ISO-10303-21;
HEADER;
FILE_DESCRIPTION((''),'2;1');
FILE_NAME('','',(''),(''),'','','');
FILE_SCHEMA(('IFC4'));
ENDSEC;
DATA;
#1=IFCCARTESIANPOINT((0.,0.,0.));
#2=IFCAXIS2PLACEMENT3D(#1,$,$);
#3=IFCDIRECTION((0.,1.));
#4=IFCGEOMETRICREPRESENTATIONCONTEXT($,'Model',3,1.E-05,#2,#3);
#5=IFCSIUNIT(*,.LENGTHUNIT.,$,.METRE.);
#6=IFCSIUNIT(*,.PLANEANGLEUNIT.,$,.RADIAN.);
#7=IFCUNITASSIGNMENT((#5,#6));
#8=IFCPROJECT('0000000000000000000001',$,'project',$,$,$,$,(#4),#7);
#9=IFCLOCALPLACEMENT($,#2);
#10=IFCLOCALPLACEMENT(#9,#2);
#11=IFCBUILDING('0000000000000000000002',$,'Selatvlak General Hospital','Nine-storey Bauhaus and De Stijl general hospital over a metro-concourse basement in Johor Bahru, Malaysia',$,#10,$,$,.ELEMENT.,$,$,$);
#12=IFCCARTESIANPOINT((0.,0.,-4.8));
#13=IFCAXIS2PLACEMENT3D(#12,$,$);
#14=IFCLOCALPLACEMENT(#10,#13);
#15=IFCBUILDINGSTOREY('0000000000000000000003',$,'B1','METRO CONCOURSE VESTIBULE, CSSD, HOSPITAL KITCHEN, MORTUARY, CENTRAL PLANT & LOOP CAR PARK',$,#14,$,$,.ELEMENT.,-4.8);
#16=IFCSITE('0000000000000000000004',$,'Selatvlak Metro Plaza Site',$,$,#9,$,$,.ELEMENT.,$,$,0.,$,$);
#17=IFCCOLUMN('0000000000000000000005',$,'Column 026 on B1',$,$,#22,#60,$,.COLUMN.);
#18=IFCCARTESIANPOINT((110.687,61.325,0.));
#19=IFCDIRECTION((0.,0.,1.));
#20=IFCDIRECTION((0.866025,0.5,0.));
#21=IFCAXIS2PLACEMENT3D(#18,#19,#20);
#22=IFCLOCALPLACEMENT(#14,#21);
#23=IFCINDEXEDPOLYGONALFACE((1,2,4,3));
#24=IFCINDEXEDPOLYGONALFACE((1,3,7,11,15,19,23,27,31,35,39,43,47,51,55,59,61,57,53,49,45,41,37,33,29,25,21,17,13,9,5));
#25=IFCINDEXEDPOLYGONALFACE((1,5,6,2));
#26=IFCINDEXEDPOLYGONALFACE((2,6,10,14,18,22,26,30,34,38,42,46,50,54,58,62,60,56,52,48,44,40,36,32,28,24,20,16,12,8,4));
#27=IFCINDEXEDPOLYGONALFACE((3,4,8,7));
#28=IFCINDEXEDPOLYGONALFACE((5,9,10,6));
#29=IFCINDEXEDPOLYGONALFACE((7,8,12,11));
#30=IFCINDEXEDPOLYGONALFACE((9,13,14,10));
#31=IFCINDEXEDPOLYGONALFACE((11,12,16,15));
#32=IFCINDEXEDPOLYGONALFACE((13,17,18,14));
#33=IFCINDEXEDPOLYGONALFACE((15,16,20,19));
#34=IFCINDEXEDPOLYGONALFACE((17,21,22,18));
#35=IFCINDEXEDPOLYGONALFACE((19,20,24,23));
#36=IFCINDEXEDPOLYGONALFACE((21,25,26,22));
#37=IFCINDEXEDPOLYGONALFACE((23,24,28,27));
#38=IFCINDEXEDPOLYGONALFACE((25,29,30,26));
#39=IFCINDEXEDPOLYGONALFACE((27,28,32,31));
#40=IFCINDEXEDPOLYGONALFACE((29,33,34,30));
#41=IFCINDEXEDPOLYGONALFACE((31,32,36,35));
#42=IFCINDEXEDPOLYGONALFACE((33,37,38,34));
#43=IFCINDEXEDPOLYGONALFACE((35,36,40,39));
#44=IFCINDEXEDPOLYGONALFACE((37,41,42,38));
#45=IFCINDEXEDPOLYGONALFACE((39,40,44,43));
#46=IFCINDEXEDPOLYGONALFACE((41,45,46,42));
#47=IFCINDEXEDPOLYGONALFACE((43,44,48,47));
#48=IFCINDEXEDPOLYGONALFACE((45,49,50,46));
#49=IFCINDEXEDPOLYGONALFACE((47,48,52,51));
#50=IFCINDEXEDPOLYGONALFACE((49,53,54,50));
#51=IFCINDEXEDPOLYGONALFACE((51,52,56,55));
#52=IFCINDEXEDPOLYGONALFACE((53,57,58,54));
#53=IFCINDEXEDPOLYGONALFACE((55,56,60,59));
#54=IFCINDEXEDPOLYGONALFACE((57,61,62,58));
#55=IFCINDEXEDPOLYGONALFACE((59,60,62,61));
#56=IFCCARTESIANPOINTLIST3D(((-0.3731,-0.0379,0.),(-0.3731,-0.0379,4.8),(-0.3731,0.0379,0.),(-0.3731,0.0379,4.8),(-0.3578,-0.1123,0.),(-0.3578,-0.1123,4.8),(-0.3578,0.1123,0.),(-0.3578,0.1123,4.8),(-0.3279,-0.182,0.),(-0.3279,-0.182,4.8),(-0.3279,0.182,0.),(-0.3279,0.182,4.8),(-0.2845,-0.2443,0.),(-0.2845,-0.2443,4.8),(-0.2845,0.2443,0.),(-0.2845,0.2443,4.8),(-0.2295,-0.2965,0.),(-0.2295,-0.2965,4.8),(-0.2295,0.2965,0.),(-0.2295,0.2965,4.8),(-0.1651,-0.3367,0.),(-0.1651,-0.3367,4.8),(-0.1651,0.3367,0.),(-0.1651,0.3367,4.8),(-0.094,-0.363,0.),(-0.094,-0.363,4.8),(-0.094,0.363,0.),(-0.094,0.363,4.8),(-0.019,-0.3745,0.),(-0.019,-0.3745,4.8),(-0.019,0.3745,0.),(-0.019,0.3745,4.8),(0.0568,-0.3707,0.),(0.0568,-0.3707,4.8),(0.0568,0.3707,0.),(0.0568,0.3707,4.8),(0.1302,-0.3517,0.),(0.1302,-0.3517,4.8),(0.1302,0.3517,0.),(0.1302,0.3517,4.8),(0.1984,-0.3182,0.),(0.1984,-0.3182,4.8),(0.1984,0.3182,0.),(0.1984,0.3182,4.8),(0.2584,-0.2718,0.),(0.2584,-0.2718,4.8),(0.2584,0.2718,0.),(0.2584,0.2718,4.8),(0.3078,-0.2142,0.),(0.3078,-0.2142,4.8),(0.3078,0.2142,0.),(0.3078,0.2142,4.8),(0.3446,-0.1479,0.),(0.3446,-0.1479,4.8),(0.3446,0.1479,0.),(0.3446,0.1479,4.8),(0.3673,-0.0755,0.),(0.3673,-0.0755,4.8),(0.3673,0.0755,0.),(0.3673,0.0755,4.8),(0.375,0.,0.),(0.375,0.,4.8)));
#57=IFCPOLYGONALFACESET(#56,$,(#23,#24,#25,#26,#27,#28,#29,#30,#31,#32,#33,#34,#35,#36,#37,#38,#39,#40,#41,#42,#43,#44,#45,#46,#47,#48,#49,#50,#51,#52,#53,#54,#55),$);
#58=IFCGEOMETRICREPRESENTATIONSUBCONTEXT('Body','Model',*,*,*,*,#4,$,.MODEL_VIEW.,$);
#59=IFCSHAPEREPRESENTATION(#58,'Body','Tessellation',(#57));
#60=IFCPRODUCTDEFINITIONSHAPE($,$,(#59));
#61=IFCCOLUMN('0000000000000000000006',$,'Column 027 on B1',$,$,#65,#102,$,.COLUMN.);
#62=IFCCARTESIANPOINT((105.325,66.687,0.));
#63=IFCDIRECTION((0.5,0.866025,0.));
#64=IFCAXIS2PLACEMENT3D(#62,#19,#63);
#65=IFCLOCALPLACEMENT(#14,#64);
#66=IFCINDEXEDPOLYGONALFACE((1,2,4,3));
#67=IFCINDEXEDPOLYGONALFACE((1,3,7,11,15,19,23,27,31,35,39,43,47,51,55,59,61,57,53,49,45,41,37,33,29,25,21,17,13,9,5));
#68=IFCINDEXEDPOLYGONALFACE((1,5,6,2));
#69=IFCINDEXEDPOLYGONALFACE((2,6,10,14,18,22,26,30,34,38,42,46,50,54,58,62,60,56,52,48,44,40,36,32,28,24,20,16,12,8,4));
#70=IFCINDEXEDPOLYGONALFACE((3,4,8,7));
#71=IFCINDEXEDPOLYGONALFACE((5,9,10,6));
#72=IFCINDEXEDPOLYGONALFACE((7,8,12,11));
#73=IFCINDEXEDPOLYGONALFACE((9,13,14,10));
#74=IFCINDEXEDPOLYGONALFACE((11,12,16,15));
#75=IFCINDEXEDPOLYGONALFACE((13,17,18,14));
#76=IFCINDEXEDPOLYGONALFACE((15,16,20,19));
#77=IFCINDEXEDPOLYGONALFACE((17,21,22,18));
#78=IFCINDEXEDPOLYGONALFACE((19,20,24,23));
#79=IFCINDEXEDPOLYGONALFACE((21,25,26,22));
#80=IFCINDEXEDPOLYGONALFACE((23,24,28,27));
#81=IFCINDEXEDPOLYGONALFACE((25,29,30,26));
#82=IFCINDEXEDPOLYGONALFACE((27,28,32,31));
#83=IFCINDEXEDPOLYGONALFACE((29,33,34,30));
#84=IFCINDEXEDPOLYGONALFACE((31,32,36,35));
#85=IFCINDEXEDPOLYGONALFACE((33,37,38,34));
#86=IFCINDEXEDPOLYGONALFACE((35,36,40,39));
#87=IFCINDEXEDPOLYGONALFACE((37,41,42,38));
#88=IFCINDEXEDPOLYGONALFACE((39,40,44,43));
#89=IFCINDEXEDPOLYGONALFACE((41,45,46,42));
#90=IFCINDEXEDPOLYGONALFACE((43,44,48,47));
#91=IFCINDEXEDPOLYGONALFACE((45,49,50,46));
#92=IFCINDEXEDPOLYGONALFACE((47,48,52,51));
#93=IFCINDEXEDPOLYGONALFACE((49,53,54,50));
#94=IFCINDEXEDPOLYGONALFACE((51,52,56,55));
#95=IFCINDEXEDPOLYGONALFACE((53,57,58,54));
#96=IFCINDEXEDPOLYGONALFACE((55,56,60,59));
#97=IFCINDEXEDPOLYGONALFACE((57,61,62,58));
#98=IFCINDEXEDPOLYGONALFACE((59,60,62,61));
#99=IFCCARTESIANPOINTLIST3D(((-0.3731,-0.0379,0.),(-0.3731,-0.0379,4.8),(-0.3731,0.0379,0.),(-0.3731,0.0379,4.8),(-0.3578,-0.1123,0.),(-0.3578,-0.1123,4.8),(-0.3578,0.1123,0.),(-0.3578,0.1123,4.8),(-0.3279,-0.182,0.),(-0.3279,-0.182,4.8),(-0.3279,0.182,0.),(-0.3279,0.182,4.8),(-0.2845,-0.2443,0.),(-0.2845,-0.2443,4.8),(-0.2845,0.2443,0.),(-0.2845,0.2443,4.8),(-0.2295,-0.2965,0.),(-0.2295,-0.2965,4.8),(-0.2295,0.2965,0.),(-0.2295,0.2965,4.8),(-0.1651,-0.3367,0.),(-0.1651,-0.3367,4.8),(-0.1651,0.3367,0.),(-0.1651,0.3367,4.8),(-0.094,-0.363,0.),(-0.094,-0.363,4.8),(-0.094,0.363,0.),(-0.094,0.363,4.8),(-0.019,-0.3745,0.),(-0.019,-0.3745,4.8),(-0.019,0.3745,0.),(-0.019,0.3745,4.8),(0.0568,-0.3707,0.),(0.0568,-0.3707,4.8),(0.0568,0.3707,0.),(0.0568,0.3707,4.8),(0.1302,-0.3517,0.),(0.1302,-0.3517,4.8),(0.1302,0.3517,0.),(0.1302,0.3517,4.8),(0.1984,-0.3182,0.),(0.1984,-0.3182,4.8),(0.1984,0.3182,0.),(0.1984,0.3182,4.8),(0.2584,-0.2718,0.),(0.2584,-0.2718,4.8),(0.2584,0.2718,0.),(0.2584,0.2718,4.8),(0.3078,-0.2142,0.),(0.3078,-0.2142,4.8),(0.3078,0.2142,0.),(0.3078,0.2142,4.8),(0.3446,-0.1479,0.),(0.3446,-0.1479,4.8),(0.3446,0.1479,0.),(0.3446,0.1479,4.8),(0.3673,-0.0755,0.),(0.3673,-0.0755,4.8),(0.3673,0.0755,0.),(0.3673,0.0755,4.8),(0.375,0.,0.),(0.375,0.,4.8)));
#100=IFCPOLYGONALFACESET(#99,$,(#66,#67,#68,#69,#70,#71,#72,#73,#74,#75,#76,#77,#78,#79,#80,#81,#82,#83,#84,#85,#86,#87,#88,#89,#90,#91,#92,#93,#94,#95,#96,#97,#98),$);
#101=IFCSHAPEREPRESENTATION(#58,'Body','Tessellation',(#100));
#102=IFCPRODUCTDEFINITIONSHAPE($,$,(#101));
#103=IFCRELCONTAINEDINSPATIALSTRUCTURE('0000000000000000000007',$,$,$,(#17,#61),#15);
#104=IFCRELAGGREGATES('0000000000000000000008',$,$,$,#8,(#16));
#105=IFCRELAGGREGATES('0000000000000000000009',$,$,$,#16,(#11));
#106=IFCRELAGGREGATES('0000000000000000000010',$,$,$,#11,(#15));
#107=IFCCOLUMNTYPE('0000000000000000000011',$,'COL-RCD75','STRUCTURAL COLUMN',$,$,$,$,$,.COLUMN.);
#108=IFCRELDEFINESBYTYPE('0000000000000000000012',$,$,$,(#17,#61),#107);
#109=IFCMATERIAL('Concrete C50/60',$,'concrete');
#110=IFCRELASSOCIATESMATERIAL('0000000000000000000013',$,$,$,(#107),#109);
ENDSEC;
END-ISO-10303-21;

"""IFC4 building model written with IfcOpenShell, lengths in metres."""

from ifc_helpers import new_model, si_unit, direction, frame, origin, origin_2d, place, context, subcontext, project, spatial, circle, extrude, material, material_profile, profile_set, type_object, element, save


model = new_model("IFC4")

# Units and contexts
model_context = context("Model", 3, precision=1e-05, world=origin(), true_north=direction((0.0, 1.0)))
body_context = subcontext(model_context, "Body", "Model", "MODEL_VIEW")
ifc_project = project(units=[si_unit("LENGTHUNIT", "METRE"), si_unit("PLANEANGLEUNIT", "RADIAN")], contexts=[model_context])

# Site, building, storey
site_placement = place(None, origin())
site = spatial("IfcSite", under=ifc_project, at=site_placement, Name="Selatvlak Metro Plaza Site", CompositionType="ELEMENT", RefElevation=0.0)
building_placement = place(site_placement, origin())
building = spatial("IfcBuilding", under=site, at=building_placement, Name="Selatvlak General Hospital", Description="Nine-storey Bauhaus and De Stijl general hospital over a metro-concourse basement in Johor Bahru, Malaysia", CompositionType="ELEMENT")
storey_placement = place(building_placement, frame((0.0, 0.0, -4.8)))
storey = spatial("IfcBuildingStorey", under=building, at=storey_placement, Name="B1", Description="METRO CONCOURSE VESTIBULE, CSSD, HOSPITAL KITCHEN, MORTUARY, CENTRAL PLANT & LOOP CAR PARK", CompositionType="ELEMENT", Elevation=-4.8)

# Columns
ifc_material_1 = material(Name="Concrete C50/60", Category="concrete")
ifc_material_profile_1 = material_profile(ifc_material_1, circle(Radius=0.375, at=origin_2d()), Name="RC-COL D750")
ifc_profile_set_1 = profile_set([ifc_material_profile_1], Name="Concrete C50/60")
column_type_1 = type_object("IfcColumnType", Name="COL-RCD75", Description="STRUCTURAL COLUMN", PredefinedType="COLUMN", material=ifc_profile_set_1)
for number, where, z_axis, x_axis, name in (
    (1, (110.687, 61.325, 0.0), (0.0, 0.0, 1.0), (0.866025, 0.5, 0.0), "Column 026 on B1"),
    (2, (105.325, 66.687, 0.0), (0.0, 0.0, 1.0), (0.5, 0.866025, 0.0), "Column 027 on B1"),
):
    element("IfcColumn", number, at=place(storey_placement, frame(where, z_axis=z_axis, x_axis=x_axis)), inside=storey, type_object=column_type_1, Name=name, PredefinedType="COLUMN", context=body_context, shape_type="SweptSolid", body=[
        extrude(circle(Radius=0.375, at=origin_2d()), origin(), (0.0, 0.0, 1.0), 4.8),
    ])

save(model, "model.ifc")
